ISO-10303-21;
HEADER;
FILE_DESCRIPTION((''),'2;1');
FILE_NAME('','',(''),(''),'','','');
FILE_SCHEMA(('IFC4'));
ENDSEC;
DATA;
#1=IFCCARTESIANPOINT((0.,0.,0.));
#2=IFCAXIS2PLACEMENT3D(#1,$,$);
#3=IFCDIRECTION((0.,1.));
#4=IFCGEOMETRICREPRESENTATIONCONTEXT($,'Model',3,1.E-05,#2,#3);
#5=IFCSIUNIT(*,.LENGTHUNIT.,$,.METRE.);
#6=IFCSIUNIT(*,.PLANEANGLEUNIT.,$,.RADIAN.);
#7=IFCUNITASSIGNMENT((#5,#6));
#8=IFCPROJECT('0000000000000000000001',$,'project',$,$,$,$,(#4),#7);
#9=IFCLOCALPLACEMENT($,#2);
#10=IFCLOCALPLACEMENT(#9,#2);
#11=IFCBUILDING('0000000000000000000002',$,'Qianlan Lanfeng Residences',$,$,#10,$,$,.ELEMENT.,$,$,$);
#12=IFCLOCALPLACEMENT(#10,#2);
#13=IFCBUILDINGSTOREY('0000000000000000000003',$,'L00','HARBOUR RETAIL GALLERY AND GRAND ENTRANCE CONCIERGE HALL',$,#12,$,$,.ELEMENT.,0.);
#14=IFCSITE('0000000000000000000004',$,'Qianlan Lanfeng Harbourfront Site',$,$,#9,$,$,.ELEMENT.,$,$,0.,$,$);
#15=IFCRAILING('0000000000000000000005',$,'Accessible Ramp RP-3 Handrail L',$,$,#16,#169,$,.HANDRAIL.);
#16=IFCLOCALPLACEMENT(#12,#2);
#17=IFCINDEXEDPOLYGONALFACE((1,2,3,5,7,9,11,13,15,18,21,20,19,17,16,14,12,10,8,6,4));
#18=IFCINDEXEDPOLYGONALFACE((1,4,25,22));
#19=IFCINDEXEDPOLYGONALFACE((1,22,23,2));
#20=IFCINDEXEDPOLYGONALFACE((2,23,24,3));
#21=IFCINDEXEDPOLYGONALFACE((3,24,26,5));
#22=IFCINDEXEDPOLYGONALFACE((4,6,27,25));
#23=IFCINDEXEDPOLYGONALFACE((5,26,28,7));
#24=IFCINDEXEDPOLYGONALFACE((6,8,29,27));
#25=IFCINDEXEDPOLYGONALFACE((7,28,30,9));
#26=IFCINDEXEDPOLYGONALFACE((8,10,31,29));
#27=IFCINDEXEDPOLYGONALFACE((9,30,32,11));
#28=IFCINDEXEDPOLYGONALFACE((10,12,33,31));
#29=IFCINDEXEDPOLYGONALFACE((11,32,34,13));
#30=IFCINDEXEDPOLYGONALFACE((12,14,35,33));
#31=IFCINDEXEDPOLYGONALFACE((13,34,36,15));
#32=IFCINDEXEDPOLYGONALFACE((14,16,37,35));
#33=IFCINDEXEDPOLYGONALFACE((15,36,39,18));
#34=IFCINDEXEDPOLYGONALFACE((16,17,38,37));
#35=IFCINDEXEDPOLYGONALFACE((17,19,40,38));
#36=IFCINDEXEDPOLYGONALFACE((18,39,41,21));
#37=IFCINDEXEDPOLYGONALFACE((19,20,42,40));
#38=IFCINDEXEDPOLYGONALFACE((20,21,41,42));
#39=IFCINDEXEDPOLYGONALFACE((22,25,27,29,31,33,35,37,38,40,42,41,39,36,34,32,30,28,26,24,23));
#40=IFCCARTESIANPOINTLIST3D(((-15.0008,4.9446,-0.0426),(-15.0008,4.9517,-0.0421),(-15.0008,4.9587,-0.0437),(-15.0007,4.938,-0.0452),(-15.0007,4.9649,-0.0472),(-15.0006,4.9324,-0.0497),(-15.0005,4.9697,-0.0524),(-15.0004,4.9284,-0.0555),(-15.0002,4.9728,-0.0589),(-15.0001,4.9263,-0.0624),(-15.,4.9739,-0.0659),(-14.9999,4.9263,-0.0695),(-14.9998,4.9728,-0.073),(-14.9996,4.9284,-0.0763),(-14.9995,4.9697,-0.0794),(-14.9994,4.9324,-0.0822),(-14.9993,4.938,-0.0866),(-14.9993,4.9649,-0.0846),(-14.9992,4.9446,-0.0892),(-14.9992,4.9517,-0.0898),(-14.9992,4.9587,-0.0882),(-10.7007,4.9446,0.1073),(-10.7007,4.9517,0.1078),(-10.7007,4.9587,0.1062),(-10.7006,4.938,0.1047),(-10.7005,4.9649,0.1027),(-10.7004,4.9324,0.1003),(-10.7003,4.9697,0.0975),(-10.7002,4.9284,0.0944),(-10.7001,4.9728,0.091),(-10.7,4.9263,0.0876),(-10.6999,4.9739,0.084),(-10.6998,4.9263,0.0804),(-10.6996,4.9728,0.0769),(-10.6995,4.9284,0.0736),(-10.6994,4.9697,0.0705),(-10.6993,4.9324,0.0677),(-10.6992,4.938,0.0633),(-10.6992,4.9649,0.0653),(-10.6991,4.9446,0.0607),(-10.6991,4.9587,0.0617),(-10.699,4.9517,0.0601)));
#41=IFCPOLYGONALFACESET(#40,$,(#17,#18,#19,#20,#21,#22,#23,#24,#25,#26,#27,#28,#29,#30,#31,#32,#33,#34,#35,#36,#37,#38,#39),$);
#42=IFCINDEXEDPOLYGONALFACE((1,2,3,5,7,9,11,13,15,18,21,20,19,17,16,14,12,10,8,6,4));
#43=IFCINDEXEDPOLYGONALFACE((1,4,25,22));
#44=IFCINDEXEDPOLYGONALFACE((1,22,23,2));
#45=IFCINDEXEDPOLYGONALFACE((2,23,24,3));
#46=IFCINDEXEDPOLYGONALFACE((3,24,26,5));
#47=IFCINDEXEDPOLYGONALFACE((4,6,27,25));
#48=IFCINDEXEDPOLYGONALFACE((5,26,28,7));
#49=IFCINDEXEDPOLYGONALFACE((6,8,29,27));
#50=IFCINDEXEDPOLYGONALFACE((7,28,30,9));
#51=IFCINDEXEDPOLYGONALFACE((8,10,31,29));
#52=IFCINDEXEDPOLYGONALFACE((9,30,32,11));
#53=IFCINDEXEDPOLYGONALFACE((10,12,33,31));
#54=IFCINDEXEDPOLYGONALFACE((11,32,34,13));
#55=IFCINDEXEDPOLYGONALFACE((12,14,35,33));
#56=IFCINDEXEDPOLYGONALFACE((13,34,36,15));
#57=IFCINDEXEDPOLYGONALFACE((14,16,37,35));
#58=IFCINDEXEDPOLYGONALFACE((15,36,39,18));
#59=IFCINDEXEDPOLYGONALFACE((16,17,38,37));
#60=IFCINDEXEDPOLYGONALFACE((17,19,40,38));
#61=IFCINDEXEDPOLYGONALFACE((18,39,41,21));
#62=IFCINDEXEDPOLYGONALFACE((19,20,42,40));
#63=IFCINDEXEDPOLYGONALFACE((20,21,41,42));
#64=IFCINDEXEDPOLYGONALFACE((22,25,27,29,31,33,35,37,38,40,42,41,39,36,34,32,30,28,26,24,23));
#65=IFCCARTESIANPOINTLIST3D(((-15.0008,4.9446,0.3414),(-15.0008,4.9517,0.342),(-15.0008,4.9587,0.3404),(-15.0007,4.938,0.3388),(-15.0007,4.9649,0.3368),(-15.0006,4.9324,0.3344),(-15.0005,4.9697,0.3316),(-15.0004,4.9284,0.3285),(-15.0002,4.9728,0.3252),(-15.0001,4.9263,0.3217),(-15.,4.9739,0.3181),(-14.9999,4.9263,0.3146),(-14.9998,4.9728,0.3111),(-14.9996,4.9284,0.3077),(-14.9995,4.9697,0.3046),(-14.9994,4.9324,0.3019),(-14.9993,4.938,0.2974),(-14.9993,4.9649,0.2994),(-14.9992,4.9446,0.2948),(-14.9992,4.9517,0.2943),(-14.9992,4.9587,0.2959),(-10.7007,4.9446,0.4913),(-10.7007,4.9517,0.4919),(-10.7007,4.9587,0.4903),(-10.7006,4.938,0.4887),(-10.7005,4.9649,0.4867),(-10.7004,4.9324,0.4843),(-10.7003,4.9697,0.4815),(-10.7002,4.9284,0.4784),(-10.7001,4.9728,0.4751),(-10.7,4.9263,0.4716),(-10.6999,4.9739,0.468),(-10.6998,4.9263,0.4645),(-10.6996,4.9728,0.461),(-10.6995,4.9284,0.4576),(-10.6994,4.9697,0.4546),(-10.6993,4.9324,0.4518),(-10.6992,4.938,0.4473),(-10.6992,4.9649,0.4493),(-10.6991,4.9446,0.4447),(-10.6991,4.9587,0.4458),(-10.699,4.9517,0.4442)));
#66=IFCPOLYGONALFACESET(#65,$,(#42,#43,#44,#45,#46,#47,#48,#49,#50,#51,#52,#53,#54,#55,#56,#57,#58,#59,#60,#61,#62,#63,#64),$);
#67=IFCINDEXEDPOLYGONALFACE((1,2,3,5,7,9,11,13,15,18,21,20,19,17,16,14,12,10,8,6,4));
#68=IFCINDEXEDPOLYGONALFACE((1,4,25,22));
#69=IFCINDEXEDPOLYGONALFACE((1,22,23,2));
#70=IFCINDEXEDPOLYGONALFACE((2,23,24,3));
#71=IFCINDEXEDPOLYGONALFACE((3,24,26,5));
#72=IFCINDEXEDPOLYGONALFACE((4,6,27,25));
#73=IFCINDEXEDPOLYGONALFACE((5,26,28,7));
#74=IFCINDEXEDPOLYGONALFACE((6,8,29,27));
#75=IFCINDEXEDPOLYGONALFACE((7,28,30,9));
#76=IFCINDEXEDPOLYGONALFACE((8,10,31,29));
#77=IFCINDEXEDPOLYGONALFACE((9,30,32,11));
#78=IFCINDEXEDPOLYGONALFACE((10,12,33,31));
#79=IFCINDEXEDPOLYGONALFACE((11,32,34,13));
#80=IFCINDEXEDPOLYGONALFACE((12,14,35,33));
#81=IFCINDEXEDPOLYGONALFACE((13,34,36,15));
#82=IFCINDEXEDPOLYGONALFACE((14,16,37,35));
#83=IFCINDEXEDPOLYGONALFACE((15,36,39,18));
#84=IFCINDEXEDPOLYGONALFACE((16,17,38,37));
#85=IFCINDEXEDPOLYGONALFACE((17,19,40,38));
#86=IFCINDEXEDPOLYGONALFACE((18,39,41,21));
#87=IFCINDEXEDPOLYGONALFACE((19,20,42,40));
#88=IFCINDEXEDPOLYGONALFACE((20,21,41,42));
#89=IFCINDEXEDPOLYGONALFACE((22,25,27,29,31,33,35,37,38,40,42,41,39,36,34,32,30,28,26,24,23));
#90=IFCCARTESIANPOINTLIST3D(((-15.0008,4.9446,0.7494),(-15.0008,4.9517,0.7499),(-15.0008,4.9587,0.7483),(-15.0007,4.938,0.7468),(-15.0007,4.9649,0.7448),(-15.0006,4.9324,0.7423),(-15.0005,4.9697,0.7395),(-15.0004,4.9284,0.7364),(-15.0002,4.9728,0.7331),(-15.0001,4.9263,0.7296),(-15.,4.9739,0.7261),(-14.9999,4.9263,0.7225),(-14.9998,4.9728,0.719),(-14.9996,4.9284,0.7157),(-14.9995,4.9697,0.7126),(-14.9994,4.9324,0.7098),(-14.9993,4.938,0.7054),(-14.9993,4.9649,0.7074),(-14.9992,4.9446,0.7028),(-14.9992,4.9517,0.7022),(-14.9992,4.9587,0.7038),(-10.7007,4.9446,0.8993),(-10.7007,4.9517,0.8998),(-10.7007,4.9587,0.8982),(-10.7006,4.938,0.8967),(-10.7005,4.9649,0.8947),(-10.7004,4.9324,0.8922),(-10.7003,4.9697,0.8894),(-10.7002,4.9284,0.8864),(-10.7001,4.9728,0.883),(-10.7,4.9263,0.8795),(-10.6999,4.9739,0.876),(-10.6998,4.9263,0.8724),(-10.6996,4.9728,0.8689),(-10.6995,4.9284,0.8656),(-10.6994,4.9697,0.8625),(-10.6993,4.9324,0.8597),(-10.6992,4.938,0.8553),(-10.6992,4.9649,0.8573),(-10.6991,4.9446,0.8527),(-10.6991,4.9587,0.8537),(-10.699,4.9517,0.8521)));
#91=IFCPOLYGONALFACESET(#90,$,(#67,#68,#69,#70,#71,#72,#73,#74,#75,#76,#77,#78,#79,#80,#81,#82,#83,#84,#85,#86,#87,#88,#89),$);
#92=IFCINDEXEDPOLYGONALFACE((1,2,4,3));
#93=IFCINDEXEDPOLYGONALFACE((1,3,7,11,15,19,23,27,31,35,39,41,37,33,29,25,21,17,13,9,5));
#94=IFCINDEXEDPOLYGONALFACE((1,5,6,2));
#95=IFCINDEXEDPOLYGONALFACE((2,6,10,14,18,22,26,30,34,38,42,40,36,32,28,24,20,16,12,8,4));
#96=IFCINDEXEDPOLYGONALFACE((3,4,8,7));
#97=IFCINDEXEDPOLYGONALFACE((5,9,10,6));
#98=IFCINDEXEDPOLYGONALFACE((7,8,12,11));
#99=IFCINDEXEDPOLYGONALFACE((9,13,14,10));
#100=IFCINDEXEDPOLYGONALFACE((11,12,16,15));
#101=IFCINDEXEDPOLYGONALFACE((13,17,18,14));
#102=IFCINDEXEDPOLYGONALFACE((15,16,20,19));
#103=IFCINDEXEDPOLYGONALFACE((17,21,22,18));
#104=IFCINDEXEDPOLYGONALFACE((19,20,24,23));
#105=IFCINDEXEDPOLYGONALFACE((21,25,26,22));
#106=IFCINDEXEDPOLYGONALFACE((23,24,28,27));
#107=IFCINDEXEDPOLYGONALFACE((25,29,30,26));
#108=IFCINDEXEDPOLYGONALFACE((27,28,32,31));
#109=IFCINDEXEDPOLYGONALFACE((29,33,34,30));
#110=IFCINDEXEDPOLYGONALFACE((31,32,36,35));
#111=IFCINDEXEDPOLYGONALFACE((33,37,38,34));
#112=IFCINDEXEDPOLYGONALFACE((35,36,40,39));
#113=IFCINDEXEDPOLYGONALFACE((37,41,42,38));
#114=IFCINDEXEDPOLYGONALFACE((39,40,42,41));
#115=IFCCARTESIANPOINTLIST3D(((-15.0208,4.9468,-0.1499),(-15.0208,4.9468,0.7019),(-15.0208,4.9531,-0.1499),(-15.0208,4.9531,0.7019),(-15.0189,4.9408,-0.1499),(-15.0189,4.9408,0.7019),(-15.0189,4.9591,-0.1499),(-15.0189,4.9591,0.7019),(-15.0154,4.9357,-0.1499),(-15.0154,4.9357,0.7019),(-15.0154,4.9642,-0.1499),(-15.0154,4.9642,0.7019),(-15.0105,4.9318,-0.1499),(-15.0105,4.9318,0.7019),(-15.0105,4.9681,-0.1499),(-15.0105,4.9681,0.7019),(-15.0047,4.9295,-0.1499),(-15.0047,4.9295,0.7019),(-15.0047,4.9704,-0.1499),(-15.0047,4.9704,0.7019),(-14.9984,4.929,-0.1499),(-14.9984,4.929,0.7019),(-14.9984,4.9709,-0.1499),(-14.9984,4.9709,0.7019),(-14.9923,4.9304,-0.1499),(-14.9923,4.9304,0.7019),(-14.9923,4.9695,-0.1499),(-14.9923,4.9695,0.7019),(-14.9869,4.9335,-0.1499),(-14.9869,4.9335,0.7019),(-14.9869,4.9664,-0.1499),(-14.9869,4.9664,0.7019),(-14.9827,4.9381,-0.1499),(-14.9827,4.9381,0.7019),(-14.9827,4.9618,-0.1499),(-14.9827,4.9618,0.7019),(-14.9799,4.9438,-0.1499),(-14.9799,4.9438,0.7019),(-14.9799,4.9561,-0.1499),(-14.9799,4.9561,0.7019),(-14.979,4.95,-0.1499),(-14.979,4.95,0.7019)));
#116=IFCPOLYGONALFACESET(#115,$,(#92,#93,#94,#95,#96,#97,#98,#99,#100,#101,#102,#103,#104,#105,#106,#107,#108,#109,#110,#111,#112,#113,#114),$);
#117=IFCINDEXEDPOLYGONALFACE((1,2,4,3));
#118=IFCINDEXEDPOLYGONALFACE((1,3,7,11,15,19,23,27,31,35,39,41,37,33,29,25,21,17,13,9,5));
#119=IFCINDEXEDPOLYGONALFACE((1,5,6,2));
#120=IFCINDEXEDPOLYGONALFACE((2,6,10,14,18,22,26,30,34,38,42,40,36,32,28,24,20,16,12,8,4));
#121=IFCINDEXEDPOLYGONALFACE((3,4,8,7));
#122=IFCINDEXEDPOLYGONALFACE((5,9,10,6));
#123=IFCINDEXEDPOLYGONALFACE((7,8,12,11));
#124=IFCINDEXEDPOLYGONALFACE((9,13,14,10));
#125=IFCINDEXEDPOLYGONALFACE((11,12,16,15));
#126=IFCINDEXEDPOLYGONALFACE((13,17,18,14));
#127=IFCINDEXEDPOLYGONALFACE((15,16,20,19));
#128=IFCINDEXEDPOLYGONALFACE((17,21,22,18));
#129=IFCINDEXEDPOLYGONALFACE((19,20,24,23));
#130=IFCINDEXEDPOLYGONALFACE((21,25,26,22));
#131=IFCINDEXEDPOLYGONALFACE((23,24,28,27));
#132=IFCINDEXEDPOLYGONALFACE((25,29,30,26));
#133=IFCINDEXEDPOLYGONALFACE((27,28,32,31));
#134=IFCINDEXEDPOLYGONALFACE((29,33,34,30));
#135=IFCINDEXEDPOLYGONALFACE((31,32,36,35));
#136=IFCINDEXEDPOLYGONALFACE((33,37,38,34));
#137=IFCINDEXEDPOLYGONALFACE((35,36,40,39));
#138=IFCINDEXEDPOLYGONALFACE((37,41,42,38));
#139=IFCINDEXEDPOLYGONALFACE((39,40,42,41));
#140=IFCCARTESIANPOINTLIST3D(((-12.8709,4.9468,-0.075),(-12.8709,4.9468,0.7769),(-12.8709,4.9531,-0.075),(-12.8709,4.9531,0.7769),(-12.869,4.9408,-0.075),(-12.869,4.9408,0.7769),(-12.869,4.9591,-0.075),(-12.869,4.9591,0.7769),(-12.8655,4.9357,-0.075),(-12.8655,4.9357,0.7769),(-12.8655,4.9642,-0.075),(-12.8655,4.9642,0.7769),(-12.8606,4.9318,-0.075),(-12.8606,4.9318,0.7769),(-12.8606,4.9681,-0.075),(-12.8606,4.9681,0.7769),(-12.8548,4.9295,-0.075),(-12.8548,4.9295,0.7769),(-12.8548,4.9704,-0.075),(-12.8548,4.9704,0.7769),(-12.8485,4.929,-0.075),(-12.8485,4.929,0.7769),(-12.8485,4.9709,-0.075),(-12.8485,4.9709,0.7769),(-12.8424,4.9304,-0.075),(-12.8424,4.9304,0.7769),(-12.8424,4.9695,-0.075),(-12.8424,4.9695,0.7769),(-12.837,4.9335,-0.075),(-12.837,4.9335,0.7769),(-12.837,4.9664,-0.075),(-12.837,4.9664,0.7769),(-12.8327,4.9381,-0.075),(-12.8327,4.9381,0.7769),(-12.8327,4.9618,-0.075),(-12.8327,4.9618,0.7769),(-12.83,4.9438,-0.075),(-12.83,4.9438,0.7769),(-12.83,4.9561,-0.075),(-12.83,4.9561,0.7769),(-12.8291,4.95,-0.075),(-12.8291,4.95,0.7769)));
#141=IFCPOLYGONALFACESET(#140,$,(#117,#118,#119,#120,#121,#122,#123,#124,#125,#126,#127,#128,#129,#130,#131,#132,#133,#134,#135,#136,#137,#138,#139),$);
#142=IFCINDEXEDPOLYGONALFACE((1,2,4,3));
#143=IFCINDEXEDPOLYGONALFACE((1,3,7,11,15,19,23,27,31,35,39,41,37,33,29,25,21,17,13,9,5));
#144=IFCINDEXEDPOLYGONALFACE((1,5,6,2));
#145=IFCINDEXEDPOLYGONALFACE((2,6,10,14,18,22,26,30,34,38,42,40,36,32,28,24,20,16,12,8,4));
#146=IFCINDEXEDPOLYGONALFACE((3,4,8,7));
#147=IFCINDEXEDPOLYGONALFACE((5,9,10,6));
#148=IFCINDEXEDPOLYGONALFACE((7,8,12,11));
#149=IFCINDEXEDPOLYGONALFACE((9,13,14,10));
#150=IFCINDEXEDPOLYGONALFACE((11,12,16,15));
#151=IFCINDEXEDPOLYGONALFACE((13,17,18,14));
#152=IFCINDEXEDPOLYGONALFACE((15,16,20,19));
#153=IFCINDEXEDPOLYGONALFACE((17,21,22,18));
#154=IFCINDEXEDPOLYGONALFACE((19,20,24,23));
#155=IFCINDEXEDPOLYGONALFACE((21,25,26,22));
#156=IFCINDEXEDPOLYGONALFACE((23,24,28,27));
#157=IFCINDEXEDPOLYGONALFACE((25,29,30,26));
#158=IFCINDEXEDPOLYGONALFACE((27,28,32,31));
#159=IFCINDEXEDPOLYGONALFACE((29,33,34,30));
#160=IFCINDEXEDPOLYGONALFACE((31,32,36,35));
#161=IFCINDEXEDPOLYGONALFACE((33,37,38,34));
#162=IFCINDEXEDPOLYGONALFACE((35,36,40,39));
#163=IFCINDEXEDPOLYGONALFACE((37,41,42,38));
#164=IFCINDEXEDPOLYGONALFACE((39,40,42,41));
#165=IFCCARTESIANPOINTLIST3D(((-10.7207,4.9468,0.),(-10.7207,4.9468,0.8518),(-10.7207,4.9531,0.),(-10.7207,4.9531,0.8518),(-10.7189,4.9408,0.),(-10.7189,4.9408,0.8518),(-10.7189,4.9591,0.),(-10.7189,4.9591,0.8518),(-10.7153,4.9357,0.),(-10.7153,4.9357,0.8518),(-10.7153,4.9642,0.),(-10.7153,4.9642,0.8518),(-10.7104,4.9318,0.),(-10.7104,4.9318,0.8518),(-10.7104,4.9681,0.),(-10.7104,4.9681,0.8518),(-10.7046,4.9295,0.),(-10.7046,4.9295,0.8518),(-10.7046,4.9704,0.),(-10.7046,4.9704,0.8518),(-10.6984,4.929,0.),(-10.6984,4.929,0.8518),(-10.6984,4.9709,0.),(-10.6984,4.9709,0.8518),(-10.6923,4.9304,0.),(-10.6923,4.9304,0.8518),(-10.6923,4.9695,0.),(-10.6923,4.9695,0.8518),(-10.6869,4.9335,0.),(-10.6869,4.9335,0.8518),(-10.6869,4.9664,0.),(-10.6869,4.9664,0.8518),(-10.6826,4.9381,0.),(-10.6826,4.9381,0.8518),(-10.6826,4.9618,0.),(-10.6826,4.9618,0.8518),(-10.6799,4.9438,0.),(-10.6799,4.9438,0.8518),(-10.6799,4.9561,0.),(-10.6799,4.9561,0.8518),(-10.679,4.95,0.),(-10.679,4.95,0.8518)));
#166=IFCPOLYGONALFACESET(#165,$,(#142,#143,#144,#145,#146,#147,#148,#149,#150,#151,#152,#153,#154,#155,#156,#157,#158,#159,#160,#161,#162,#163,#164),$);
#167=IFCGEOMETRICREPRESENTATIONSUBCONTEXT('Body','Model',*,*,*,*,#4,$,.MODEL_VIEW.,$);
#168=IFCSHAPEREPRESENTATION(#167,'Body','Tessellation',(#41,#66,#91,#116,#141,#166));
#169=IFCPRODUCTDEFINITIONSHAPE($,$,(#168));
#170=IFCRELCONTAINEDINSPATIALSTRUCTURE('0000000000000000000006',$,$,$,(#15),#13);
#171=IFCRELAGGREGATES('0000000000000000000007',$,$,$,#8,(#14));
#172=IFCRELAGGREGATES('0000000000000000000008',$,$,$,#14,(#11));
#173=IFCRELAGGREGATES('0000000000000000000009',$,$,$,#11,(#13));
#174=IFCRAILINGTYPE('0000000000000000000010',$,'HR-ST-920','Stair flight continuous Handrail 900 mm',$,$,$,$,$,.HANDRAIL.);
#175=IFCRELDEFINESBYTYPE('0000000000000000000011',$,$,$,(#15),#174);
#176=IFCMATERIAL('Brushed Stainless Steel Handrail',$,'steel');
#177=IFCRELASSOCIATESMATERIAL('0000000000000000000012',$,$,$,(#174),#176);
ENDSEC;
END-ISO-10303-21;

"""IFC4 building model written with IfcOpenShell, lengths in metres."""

from ifc_helpers import new_model, si_unit, direction, frame, origin, origin_2d, place, context, subcontext, project, spatial, circle, extrude, material, type_object, element, save


model = new_model("IFC4")

# Units and contexts
model_context = context("Model", 3, precision=1e-05, world=origin(), true_north=direction((0.0, 1.0)))
body_context = subcontext(model_context, "Body", "Model", "MODEL_VIEW")
ifc_project = project(units=[si_unit("LENGTHUNIT", "METRE"), si_unit("PLANEANGLEUNIT", "RADIAN")], contexts=[model_context])

# Site, building, storey
site_placement = place(None, origin())
site = spatial("IfcSite", under=ifc_project, at=site_placement, Name="Qianlan Lanfeng Harbourfront Site", CompositionType="ELEMENT", RefElevation=0.0)
building_placement = place(site_placement, origin())
building = spatial("IfcBuilding", under=site, at=building_placement, Name="Qianlan Lanfeng Residences", CompositionType="ELEMENT")
storey_placement = place(building_placement, origin())
storey = spatial("IfcBuildingStorey", under=building, at=storey_placement, Name="L00", Description="HARBOUR RETAIL GALLERY AND GRAND ENTRANCE CONCIERGE HALL", CompositionType="ELEMENT", Elevation=0.0)

# Railing
ifc_material_1 = material(Name="Brushed Stainless Steel Handrail", Category="steel")
railing_type = type_object("IfcRailingType", Name="HR-ST-920", Description="Stair flight continuous Handrail 900 mm", PredefinedType="HANDRAIL", material=ifc_material_1)
for number, where, name in (
    (1, (-15.0, 4.95, -0.1499), "Accessible Ramp RP-3 Handrail L"),
):
    element("IfcRailing", number, at=place(storey_placement, frame(where)), inside=storey, type_object=railing_type, Name=name, PredefinedType="HANDRAIL", context=body_context, shape_type="SweptSolid", body=[
        extrude(circle(Radius=0.0239, at=origin_2d()), frame((0.0, 0.0, 0.084), z_axis=(0.999393, 0.0, 0.034839), x_axis=(0.0, 1.0, 0.0)), (0.0, 0.0, 1.0), 4.3027),
        extrude(circle(Radius=0.0239, at=origin_2d()), frame((0.0, 0.0, 0.468), z_axis=(0.999393, 0.0, 0.034839), x_axis=(0.0, 1.0, 0.0)), (0.0, 0.0, 1.0), 4.3027),
        extrude(circle(Radius=0.0239, at=origin_2d()), frame((0.0, 0.0, 0.876), z_axis=(0.999393, 0.0, 0.034839), x_axis=(0.0, 1.0, 0.0)), (0.0, 0.0, 1.0), 4.3027),
        extrude(circle(Radius=0.021, at=origin_2d()), origin(), (0.0, 0.0, 1.0), 0.8518),
        extrude(circle(Radius=0.021, at=origin_2d()), frame((2.1499, 0.0, 0.075)), (0.0, 0.0, 1.0), 0.8518),
        extrude(circle(Radius=0.021, at=origin_2d()), frame((4.3, 0.0, 0.1499)), (0.0, 0.0, 1.0), 0.8518),
    ])

save(model, "model.ifc")
